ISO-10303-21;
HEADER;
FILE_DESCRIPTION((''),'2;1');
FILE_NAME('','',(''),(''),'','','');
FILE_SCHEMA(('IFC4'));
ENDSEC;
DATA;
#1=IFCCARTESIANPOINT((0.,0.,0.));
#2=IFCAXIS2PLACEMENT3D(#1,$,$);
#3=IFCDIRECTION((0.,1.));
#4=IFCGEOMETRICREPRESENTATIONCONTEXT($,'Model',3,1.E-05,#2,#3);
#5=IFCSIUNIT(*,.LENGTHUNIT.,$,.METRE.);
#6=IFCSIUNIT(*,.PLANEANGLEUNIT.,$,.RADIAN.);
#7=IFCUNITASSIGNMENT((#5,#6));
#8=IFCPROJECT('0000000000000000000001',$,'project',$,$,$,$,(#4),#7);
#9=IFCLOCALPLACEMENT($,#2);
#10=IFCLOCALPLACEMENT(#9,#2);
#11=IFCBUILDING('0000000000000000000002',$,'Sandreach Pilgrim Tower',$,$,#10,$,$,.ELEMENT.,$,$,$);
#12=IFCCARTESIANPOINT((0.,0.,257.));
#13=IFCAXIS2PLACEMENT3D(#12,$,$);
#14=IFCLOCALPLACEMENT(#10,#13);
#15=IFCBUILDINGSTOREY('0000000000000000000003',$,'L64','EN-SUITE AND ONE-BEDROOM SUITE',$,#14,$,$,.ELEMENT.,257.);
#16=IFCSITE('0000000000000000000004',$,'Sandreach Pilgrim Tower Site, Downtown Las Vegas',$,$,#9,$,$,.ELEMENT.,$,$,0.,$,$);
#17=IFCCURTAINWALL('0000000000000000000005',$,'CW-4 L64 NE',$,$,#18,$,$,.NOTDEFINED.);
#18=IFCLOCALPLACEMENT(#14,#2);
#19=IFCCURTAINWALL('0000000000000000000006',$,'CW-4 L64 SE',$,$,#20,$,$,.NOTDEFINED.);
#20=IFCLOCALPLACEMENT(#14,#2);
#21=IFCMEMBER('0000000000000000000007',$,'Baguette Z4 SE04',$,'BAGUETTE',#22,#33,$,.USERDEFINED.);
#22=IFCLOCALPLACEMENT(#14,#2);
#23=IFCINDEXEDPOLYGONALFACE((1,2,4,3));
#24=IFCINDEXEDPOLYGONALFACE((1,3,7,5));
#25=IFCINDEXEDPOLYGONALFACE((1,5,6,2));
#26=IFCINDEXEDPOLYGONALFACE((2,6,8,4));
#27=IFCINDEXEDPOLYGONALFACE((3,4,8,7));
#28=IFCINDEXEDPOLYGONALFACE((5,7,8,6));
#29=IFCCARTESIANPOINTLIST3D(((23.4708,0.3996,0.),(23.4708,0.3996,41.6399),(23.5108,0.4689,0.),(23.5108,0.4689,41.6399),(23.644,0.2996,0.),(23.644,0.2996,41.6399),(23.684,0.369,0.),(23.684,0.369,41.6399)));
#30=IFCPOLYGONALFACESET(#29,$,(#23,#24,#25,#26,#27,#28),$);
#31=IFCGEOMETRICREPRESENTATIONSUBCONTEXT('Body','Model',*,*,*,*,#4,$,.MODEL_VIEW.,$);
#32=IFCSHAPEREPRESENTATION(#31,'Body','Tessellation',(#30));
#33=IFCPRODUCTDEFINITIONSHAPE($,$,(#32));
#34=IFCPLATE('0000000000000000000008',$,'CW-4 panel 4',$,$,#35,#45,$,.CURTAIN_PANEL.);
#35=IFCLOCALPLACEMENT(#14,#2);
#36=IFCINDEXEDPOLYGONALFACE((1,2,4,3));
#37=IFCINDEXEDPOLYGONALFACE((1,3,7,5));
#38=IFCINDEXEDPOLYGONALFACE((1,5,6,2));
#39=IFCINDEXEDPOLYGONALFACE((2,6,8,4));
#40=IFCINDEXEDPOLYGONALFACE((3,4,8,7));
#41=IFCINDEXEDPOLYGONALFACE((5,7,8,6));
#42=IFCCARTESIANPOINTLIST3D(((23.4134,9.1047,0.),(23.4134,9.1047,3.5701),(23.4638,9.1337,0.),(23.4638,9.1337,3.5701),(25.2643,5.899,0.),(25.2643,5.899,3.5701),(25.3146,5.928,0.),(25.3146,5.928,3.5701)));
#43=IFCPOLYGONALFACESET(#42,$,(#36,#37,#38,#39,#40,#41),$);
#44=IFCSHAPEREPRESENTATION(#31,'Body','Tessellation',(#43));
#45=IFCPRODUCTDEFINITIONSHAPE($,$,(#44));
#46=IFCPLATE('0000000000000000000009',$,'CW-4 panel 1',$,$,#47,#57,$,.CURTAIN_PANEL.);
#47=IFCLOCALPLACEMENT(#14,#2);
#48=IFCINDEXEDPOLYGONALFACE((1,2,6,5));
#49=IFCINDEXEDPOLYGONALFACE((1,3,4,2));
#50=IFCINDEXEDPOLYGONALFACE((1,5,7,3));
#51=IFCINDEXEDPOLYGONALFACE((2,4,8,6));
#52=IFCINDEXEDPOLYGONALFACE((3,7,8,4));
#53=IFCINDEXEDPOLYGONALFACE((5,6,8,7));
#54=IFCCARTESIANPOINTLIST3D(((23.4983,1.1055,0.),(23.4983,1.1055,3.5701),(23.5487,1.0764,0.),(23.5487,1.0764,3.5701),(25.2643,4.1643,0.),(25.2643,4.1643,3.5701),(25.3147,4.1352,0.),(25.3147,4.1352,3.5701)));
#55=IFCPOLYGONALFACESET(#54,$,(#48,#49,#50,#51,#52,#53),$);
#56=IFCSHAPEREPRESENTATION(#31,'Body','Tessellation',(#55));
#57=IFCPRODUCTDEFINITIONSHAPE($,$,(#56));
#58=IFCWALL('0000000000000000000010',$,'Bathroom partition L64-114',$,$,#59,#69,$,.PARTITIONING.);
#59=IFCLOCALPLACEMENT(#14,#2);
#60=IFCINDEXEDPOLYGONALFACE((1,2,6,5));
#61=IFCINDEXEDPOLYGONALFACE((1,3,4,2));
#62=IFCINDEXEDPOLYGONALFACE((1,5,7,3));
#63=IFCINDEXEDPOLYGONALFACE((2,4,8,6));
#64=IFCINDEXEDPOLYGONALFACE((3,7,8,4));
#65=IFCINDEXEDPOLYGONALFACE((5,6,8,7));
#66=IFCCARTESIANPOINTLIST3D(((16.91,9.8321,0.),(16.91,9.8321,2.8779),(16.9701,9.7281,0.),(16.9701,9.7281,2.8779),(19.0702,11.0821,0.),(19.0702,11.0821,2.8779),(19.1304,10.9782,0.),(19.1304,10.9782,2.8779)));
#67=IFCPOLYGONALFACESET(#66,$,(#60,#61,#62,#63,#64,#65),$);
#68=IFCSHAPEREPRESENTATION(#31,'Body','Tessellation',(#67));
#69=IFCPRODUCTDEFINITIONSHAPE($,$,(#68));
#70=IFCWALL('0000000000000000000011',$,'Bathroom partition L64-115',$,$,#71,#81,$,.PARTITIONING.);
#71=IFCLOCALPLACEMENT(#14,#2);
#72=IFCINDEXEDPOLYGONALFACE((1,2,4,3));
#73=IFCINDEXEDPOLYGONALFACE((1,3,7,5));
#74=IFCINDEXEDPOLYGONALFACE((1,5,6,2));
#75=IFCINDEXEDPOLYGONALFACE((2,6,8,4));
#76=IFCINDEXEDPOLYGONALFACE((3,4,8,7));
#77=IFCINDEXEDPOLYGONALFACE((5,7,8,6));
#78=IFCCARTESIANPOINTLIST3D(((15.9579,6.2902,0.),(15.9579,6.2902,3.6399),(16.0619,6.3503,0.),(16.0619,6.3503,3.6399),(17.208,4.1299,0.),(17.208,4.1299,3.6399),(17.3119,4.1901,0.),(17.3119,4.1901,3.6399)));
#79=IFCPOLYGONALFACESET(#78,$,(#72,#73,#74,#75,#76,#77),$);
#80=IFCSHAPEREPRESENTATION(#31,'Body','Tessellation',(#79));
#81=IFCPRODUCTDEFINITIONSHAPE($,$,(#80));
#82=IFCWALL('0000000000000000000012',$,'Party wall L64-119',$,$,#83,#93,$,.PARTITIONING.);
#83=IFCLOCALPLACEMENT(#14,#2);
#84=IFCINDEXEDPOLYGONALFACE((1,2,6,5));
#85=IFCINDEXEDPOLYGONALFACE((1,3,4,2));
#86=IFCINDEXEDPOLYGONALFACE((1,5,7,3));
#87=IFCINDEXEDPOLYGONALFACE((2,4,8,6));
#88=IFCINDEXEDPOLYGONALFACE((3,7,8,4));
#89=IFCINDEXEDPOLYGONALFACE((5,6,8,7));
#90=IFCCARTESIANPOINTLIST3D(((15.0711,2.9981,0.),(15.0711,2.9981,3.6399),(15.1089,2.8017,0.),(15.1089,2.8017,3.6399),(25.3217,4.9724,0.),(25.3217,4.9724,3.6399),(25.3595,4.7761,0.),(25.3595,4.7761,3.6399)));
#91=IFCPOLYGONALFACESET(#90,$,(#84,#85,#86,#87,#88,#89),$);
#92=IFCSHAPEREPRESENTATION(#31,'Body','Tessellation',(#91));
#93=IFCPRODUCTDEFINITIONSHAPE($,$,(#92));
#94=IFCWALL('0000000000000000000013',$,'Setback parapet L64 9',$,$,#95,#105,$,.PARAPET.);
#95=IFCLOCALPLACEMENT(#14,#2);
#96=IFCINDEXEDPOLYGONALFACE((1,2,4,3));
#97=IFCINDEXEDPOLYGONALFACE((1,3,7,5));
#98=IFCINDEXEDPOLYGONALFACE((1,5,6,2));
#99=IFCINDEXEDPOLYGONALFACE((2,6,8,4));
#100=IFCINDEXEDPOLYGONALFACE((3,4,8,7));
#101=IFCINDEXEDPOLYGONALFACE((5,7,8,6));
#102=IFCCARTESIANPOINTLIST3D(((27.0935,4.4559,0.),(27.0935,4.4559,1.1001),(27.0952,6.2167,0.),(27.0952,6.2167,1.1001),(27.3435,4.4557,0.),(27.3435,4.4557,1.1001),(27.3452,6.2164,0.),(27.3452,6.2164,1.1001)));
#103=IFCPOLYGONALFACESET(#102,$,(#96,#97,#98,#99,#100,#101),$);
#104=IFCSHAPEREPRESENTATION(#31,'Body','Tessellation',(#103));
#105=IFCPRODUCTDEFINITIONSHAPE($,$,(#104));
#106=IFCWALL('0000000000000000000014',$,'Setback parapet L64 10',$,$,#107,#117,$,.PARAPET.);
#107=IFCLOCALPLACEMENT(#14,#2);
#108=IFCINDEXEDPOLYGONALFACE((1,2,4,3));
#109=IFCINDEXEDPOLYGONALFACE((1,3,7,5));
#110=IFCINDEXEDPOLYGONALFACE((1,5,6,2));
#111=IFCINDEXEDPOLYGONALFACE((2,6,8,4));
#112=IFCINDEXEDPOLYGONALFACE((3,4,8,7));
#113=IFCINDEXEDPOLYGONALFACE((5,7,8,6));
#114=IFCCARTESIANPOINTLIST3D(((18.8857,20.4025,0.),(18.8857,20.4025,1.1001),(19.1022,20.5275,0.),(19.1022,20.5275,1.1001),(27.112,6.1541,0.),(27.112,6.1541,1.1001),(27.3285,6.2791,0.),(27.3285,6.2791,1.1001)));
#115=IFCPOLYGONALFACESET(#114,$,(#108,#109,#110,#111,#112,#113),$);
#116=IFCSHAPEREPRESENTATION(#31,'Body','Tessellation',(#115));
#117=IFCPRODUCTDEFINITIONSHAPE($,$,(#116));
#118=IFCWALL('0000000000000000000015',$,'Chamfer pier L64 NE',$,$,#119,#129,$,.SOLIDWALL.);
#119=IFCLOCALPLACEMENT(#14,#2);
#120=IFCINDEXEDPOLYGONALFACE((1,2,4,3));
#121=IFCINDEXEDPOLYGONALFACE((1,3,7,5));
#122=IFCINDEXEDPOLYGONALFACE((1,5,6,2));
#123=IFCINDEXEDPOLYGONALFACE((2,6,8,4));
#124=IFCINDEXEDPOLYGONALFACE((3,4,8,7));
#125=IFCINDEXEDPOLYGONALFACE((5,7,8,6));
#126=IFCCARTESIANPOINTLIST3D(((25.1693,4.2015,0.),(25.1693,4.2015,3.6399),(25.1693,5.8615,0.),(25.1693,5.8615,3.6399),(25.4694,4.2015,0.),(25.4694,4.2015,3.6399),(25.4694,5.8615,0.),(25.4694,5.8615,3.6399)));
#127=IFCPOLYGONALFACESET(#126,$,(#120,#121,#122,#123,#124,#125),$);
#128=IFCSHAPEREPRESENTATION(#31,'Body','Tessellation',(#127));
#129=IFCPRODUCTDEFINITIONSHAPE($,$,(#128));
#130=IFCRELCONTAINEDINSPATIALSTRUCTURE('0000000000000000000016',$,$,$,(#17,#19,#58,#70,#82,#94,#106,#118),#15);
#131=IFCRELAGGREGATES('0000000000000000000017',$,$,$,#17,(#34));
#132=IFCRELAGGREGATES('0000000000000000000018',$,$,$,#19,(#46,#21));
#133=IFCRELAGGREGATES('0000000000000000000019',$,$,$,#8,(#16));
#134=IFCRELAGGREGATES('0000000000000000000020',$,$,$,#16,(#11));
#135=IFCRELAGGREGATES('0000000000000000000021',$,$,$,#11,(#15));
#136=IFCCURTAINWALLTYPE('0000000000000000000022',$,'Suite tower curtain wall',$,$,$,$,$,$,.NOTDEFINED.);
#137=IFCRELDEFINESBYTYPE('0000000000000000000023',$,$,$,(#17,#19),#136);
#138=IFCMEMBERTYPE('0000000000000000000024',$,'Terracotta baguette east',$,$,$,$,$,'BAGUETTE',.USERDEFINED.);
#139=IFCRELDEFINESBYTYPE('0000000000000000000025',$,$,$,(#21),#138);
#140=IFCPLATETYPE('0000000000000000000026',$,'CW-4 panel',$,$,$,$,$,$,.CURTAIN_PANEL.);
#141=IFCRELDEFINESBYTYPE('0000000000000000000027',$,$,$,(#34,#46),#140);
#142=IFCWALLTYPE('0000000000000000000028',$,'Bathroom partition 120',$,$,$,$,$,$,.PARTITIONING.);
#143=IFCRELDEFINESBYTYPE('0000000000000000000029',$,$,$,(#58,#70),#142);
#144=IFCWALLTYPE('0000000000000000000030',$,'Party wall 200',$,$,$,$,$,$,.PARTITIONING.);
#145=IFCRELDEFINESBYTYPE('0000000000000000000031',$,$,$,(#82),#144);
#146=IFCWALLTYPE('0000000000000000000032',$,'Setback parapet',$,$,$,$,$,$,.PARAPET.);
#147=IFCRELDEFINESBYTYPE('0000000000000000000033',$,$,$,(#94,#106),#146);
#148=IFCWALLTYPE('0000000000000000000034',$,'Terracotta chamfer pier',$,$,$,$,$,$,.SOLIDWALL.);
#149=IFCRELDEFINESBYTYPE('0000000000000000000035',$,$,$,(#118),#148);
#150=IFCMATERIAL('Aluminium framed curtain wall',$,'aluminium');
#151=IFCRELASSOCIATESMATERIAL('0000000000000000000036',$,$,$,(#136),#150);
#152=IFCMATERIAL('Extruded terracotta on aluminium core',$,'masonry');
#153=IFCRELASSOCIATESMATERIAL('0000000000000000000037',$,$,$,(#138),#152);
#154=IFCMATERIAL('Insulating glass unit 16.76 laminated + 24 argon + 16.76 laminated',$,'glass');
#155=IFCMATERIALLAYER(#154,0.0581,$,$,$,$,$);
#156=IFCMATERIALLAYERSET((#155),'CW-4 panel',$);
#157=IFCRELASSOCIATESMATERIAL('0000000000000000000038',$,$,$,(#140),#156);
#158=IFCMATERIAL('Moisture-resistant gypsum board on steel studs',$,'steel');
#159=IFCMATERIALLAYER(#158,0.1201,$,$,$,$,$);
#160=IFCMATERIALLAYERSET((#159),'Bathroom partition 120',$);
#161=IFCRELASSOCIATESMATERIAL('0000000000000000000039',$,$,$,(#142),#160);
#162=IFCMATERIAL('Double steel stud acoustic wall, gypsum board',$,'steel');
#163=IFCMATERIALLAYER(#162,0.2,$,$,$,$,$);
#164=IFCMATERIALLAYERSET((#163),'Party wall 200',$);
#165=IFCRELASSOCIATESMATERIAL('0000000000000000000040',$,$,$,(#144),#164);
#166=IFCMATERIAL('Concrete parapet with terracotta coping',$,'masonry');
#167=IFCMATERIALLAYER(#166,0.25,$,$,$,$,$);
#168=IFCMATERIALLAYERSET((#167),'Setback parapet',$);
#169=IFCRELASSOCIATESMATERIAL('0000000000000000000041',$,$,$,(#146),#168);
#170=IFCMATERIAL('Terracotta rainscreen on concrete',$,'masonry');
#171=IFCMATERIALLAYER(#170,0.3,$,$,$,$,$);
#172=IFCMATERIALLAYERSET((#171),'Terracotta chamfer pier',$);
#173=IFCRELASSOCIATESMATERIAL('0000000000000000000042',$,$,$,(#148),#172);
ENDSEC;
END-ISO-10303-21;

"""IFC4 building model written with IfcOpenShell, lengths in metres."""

from ifc_helpers import new_model, si_unit, direction, frame, frame_2d, origin, origin_2d, place, context, subcontext, project, spatial, rectangle, extrude, material, layer, layer_set, material_profile, profile_set, type_object, element, aggregate, save


model = new_model("IFC4")

# Units and contexts
model_context = context("Model", 3, precision=1e-05, world=origin(), true_north=direction((0.0, 1.0)))
body_context = subcontext(model_context, "Body", "Model", "MODEL_VIEW")
ifc_project = project(units=[si_unit("LENGTHUNIT", "METRE"), si_unit("PLANEANGLEUNIT", "RADIAN")], contexts=[model_context])

# Site, building, storey
site_placement = place(None, origin())
site = spatial("IfcSite", under=ifc_project, at=site_placement, Name="Sandreach Pilgrim Tower Site, Downtown Las Vegas", CompositionType="ELEMENT", RefElevation=0.0)
building_placement = place(site_placement, origin())
building = spatial("IfcBuilding", under=site, at=building_placement, Name="Sandreach Pilgrim Tower", CompositionType="ELEMENT")
storey_placement = place(building_placement, frame((0.0, 0.0, 257.0)))
storey = spatial("IfcBuildingStorey", under=building, at=storey_placement, Name="L64", Description="EN-SUITE AND ONE-BEDROOM SUITE", CompositionType="ELEMENT", Elevation=257.0)

# Curtain walls
ifc_material_1 = material(Name="Aluminium framed curtain wall", Category="aluminium")
curtain_wall_type = type_object("IfcCurtainWallType", Name="Suite tower curtain wall", PredefinedType="NOTDEFINED", material=ifc_material_1)
curtain_wall_1_placement = place(storey_placement, origin())
curtain_wall_1 = element("IfcCurtainWall", 1, at=curtain_wall_1_placement, inside=storey, type_object=curtain_wall_type, Name="CW-4 L64 NE", PredefinedType="NOTDEFINED")
curtain_wall_2_placement = place(storey_placement, origin())
curtain_wall_2 = element("IfcCurtainWall", 2, at=curtain_wall_2_placement, inside=storey, type_object=curtain_wall_type, Name="CW-4 L64 SE", PredefinedType="NOTDEFINED")

# Member
ifc_material_2 = material(Name="Extruded terracotta on aluminium core", Category="masonry")
ifc_material_profile_1 = material_profile(ifc_material_2, rectangle(XDim=0.0801, YDim=0.2, at=origin_2d()), Name="TBE 80X200")
ifc_profile_set_1 = profile_set([ifc_material_profile_1], Name="Extruded terracotta on aluminium core")
member_type_1 = type_object("IfcMemberType", Name="Terracotta baguette east", ElementType="BAGUETTE", PredefinedType="USERDEFINED", material=ifc_profile_set_1)
member_1_placement = place(storey_placement, frame((23.5774, 0.3843, 0.0), z_axis=(0.0, 0.0, 1.0), x_axis=(-0.5, -0.866025, 0.0)))
member_1 = element("IfcMember", 3, at=member_1_placement, type_object=member_type_1, Name="Baguette Z4 SE04", ObjectType="BAGUETTE", PredefinedType="USERDEFINED", context=body_context, shape_type="SweptSolid", body=[
    extrude(rectangle(XDim=0.0801, YDim=0.2, at=origin_2d()), origin(), (0.0, 0.0, 1.0), 41.6399),
])

# Plates
ifc_material_3 = material(Name="Insulating glass unit 16.76 laminated + 24 argon + 16.76 laminated", Category="glass")
ifc_layer_1 = layer(ifc_material_3, 0.0581)
ifc_layer_set_1 = layer_set([ifc_layer_1], Name="CW-4 panel")
plate_type = type_object("IfcPlateType", Name="CW-4 panel", PredefinedType="CURTAIN_PANEL", material=ifc_layer_set_1)
plate_1_placement = place(storey_placement, frame((24.364, 7.5164, 0.0), z_axis=(0.0, 0.0, 1.0), x_axis=(0.5, -0.866025, 0.0)))
plate_1 = element("IfcPlate", 4, at=plate_1_placement, type_object=plate_type, Name="CW-4 panel 4", PredefinedType="CURTAIN_PANEL", context=body_context, shape_type="SweptSolid", body=[
    extrude(rectangle(XDim=3.7017, YDim=0.0581, at=origin_2d()), origin(), (0.0, 0.0, 1.0), 3.5701),
])
aggregate(curtain_wall_1, [plate_1])
plate_2_placement = place(storey_placement, frame((24.4065, 2.6204, 0.0), z_axis=(0.0, 0.0, 1.0), x_axis=(-0.5, -0.866025, 0.0)))
plate_2 = element("IfcPlate", 5, at=plate_2_placement, type_object=plate_type, Name="CW-4 panel 1", PredefinedType="CURTAIN_PANEL", context=body_context, shape_type="SweptSolid", body=[
    extrude(rectangle(XDim=3.532, YDim=0.0581, at=origin_2d()), origin(), (0.0, 0.0, 1.0), 3.5701),
])
aggregate(curtain_wall_2, [plate_2, member_1])

# Walls
ifc_material_4 = material(Name="Moisture-resistant gypsum board on steel studs", Category="steel")
ifc_layer_2 = layer(ifc_material_4, 0.1201)
ifc_layer_set_2 = layer_set([ifc_layer_2], Name="Bathroom partition 120")
wall_type_1 = type_object("IfcWallType", Name="Bathroom partition 120", PredefinedType="PARTITIONING", material=ifc_layer_set_2)
wall_1_placement = place(storey_placement, frame((16.9399, 9.78, 0.0), z_axis=(0.0, 0.0, 1.0), x_axis=(0.865533, 0.500851, 0.0)))
element("IfcWall", 6, at=wall_1_placement, inside=storey, type_object=wall_type_1, Name="Bathroom partition L64-114", PredefinedType="PARTITIONING", context=body_context, shape_type="SweptSolid", body=[
    extrude(rectangle(XDim=2.4958, YDim=0.1201, at=frame_2d((1.248, 0.0))), origin(), (0.0, 0.0, 1.0), 2.8779),
])
wall_2_placement = place(storey_placement, frame((17.26, 4.1599, 0.0), z_axis=(0.0, 0.0, 1.0), x_axis=(-0.500851, 0.865533, 0.0)))
element("IfcWall", 7, at=wall_2_placement, inside=storey, type_object=wall_type_1, Name="Bathroom partition L64-115", PredefinedType="PARTITIONING", context=body_context, shape_type="SweptSolid", body=[
    extrude(rectangle(XDim=2.4958, YDim=0.1201, at=frame_2d((1.248, 0.0))), origin(), (0.0, 0.0, 1.0), 3.6399),
])
ifc_material_5 = material(Name="Double steel stud acoustic wall, gypsum board", Category="steel")
ifc_layer_3 = layer(ifc_material_5, 0.2)
ifc_layer_set_3 = layer_set([ifc_layer_3], Name="Party wall 200")
wall_type_2 = type_object("IfcWallType", Name="Party wall 200", PredefinedType="PARTITIONING", material=ifc_layer_set_3)
wall_3_placement = place(storey_placement, frame((25.3406, 4.8743, 0.0), z_axis=(0.0, 0.0, 1.0), x_axis=(-0.981951, -0.189135, 0.0)))
element("IfcWall", 8, at=wall_3_placement, inside=storey, type_object=wall_type_2, Name="Party wall L64-119", PredefinedType="PARTITIONING", context=body_context, shape_type="SweptSolid", body=[
    extrude(rectangle(XDim=10.439, YDim=0.2, at=frame_2d((5.2195, 0.0))), origin(), (0.0, 0.0, 1.0), 3.6399),
])
ifc_material_6 = material(Name="Concrete parapet with terracotta coping", Category="masonry")
ifc_layer_4 = layer(ifc_material_6, 0.25)
ifc_layer_set_4 = layer_set([ifc_layer_4], Name="Setback parapet")
wall_type_3 = type_object("IfcWallType", Name="Setback parapet", PredefinedType="PARAPET", material=ifc_layer_set_4)
wall_4_placement = place(storey_placement, frame((27.2185, 4.4558, 0.0), z_axis=(0.0, 0.0, 1.0), x_axis=(0.000971, 1.0, 0.0)))
element("IfcWall", 9, at=wall_4_placement, inside=storey, type_object=wall_type_3, Name="Setback parapet L64 9", PredefinedType="PARAPET", context=body_context, shape_type="SweptSolid", body=[
    extrude(rectangle(XDim=1.7607, YDim=0.25, at=frame_2d((0.8804, 0.0))), origin(), (0.0, 0.0, 1.0), 1.1001),
])
wall_5_placement = place(storey_placement, frame((27.2202, 6.2166, 0.0), z_axis=(0.0, 0.0, 1.0), x_axis=(-0.499996, 0.866027, 0.0)))
element("IfcWall", 10, at=wall_5_placement, inside=storey, type_object=wall_type_3, Name="Setback parapet L64 10", PredefinedType="PARAPET", context=body_context, shape_type="SweptSolid", body=[
    extrude(rectangle(XDim=16.4526, YDim=0.25, at=frame_2d((8.2263, 0.0))), origin(), (0.0, 0.0, 1.0), 1.1001),
])
ifc_material_7 = material(Name="Terracotta rainscreen on concrete", Category="masonry")
ifc_layer_5 = layer(ifc_material_7, 0.3)
ifc_layer_set_5 = layer_set([ifc_layer_5], Name="Terracotta chamfer pier")
wall_type_4 = type_object("IfcWallType", Name="Terracotta chamfer pier", PredefinedType="SOLIDWALL", material=ifc_layer_set_5)
wall_6_placement = place(storey_placement, frame((25.3193, 5.8616, 0.0), z_axis=(0.0, 0.0, 1.0), x_axis=(0.0, -1.0, 0.0)))
element("IfcWall", 11, at=wall_6_placement, inside=storey, type_object=wall_type_4, Name="Chamfer pier L64 NE", PredefinedType="SOLIDWALL", context=body_context, shape_type="SweptSolid", body=[
    extrude(rectangle(XDim=1.6599, YDim=0.3, at=frame_2d((0.8301, 0.0))), origin(), (0.0, 0.0, 1.0), 3.6399),
])

save(model, "model.ifc")
